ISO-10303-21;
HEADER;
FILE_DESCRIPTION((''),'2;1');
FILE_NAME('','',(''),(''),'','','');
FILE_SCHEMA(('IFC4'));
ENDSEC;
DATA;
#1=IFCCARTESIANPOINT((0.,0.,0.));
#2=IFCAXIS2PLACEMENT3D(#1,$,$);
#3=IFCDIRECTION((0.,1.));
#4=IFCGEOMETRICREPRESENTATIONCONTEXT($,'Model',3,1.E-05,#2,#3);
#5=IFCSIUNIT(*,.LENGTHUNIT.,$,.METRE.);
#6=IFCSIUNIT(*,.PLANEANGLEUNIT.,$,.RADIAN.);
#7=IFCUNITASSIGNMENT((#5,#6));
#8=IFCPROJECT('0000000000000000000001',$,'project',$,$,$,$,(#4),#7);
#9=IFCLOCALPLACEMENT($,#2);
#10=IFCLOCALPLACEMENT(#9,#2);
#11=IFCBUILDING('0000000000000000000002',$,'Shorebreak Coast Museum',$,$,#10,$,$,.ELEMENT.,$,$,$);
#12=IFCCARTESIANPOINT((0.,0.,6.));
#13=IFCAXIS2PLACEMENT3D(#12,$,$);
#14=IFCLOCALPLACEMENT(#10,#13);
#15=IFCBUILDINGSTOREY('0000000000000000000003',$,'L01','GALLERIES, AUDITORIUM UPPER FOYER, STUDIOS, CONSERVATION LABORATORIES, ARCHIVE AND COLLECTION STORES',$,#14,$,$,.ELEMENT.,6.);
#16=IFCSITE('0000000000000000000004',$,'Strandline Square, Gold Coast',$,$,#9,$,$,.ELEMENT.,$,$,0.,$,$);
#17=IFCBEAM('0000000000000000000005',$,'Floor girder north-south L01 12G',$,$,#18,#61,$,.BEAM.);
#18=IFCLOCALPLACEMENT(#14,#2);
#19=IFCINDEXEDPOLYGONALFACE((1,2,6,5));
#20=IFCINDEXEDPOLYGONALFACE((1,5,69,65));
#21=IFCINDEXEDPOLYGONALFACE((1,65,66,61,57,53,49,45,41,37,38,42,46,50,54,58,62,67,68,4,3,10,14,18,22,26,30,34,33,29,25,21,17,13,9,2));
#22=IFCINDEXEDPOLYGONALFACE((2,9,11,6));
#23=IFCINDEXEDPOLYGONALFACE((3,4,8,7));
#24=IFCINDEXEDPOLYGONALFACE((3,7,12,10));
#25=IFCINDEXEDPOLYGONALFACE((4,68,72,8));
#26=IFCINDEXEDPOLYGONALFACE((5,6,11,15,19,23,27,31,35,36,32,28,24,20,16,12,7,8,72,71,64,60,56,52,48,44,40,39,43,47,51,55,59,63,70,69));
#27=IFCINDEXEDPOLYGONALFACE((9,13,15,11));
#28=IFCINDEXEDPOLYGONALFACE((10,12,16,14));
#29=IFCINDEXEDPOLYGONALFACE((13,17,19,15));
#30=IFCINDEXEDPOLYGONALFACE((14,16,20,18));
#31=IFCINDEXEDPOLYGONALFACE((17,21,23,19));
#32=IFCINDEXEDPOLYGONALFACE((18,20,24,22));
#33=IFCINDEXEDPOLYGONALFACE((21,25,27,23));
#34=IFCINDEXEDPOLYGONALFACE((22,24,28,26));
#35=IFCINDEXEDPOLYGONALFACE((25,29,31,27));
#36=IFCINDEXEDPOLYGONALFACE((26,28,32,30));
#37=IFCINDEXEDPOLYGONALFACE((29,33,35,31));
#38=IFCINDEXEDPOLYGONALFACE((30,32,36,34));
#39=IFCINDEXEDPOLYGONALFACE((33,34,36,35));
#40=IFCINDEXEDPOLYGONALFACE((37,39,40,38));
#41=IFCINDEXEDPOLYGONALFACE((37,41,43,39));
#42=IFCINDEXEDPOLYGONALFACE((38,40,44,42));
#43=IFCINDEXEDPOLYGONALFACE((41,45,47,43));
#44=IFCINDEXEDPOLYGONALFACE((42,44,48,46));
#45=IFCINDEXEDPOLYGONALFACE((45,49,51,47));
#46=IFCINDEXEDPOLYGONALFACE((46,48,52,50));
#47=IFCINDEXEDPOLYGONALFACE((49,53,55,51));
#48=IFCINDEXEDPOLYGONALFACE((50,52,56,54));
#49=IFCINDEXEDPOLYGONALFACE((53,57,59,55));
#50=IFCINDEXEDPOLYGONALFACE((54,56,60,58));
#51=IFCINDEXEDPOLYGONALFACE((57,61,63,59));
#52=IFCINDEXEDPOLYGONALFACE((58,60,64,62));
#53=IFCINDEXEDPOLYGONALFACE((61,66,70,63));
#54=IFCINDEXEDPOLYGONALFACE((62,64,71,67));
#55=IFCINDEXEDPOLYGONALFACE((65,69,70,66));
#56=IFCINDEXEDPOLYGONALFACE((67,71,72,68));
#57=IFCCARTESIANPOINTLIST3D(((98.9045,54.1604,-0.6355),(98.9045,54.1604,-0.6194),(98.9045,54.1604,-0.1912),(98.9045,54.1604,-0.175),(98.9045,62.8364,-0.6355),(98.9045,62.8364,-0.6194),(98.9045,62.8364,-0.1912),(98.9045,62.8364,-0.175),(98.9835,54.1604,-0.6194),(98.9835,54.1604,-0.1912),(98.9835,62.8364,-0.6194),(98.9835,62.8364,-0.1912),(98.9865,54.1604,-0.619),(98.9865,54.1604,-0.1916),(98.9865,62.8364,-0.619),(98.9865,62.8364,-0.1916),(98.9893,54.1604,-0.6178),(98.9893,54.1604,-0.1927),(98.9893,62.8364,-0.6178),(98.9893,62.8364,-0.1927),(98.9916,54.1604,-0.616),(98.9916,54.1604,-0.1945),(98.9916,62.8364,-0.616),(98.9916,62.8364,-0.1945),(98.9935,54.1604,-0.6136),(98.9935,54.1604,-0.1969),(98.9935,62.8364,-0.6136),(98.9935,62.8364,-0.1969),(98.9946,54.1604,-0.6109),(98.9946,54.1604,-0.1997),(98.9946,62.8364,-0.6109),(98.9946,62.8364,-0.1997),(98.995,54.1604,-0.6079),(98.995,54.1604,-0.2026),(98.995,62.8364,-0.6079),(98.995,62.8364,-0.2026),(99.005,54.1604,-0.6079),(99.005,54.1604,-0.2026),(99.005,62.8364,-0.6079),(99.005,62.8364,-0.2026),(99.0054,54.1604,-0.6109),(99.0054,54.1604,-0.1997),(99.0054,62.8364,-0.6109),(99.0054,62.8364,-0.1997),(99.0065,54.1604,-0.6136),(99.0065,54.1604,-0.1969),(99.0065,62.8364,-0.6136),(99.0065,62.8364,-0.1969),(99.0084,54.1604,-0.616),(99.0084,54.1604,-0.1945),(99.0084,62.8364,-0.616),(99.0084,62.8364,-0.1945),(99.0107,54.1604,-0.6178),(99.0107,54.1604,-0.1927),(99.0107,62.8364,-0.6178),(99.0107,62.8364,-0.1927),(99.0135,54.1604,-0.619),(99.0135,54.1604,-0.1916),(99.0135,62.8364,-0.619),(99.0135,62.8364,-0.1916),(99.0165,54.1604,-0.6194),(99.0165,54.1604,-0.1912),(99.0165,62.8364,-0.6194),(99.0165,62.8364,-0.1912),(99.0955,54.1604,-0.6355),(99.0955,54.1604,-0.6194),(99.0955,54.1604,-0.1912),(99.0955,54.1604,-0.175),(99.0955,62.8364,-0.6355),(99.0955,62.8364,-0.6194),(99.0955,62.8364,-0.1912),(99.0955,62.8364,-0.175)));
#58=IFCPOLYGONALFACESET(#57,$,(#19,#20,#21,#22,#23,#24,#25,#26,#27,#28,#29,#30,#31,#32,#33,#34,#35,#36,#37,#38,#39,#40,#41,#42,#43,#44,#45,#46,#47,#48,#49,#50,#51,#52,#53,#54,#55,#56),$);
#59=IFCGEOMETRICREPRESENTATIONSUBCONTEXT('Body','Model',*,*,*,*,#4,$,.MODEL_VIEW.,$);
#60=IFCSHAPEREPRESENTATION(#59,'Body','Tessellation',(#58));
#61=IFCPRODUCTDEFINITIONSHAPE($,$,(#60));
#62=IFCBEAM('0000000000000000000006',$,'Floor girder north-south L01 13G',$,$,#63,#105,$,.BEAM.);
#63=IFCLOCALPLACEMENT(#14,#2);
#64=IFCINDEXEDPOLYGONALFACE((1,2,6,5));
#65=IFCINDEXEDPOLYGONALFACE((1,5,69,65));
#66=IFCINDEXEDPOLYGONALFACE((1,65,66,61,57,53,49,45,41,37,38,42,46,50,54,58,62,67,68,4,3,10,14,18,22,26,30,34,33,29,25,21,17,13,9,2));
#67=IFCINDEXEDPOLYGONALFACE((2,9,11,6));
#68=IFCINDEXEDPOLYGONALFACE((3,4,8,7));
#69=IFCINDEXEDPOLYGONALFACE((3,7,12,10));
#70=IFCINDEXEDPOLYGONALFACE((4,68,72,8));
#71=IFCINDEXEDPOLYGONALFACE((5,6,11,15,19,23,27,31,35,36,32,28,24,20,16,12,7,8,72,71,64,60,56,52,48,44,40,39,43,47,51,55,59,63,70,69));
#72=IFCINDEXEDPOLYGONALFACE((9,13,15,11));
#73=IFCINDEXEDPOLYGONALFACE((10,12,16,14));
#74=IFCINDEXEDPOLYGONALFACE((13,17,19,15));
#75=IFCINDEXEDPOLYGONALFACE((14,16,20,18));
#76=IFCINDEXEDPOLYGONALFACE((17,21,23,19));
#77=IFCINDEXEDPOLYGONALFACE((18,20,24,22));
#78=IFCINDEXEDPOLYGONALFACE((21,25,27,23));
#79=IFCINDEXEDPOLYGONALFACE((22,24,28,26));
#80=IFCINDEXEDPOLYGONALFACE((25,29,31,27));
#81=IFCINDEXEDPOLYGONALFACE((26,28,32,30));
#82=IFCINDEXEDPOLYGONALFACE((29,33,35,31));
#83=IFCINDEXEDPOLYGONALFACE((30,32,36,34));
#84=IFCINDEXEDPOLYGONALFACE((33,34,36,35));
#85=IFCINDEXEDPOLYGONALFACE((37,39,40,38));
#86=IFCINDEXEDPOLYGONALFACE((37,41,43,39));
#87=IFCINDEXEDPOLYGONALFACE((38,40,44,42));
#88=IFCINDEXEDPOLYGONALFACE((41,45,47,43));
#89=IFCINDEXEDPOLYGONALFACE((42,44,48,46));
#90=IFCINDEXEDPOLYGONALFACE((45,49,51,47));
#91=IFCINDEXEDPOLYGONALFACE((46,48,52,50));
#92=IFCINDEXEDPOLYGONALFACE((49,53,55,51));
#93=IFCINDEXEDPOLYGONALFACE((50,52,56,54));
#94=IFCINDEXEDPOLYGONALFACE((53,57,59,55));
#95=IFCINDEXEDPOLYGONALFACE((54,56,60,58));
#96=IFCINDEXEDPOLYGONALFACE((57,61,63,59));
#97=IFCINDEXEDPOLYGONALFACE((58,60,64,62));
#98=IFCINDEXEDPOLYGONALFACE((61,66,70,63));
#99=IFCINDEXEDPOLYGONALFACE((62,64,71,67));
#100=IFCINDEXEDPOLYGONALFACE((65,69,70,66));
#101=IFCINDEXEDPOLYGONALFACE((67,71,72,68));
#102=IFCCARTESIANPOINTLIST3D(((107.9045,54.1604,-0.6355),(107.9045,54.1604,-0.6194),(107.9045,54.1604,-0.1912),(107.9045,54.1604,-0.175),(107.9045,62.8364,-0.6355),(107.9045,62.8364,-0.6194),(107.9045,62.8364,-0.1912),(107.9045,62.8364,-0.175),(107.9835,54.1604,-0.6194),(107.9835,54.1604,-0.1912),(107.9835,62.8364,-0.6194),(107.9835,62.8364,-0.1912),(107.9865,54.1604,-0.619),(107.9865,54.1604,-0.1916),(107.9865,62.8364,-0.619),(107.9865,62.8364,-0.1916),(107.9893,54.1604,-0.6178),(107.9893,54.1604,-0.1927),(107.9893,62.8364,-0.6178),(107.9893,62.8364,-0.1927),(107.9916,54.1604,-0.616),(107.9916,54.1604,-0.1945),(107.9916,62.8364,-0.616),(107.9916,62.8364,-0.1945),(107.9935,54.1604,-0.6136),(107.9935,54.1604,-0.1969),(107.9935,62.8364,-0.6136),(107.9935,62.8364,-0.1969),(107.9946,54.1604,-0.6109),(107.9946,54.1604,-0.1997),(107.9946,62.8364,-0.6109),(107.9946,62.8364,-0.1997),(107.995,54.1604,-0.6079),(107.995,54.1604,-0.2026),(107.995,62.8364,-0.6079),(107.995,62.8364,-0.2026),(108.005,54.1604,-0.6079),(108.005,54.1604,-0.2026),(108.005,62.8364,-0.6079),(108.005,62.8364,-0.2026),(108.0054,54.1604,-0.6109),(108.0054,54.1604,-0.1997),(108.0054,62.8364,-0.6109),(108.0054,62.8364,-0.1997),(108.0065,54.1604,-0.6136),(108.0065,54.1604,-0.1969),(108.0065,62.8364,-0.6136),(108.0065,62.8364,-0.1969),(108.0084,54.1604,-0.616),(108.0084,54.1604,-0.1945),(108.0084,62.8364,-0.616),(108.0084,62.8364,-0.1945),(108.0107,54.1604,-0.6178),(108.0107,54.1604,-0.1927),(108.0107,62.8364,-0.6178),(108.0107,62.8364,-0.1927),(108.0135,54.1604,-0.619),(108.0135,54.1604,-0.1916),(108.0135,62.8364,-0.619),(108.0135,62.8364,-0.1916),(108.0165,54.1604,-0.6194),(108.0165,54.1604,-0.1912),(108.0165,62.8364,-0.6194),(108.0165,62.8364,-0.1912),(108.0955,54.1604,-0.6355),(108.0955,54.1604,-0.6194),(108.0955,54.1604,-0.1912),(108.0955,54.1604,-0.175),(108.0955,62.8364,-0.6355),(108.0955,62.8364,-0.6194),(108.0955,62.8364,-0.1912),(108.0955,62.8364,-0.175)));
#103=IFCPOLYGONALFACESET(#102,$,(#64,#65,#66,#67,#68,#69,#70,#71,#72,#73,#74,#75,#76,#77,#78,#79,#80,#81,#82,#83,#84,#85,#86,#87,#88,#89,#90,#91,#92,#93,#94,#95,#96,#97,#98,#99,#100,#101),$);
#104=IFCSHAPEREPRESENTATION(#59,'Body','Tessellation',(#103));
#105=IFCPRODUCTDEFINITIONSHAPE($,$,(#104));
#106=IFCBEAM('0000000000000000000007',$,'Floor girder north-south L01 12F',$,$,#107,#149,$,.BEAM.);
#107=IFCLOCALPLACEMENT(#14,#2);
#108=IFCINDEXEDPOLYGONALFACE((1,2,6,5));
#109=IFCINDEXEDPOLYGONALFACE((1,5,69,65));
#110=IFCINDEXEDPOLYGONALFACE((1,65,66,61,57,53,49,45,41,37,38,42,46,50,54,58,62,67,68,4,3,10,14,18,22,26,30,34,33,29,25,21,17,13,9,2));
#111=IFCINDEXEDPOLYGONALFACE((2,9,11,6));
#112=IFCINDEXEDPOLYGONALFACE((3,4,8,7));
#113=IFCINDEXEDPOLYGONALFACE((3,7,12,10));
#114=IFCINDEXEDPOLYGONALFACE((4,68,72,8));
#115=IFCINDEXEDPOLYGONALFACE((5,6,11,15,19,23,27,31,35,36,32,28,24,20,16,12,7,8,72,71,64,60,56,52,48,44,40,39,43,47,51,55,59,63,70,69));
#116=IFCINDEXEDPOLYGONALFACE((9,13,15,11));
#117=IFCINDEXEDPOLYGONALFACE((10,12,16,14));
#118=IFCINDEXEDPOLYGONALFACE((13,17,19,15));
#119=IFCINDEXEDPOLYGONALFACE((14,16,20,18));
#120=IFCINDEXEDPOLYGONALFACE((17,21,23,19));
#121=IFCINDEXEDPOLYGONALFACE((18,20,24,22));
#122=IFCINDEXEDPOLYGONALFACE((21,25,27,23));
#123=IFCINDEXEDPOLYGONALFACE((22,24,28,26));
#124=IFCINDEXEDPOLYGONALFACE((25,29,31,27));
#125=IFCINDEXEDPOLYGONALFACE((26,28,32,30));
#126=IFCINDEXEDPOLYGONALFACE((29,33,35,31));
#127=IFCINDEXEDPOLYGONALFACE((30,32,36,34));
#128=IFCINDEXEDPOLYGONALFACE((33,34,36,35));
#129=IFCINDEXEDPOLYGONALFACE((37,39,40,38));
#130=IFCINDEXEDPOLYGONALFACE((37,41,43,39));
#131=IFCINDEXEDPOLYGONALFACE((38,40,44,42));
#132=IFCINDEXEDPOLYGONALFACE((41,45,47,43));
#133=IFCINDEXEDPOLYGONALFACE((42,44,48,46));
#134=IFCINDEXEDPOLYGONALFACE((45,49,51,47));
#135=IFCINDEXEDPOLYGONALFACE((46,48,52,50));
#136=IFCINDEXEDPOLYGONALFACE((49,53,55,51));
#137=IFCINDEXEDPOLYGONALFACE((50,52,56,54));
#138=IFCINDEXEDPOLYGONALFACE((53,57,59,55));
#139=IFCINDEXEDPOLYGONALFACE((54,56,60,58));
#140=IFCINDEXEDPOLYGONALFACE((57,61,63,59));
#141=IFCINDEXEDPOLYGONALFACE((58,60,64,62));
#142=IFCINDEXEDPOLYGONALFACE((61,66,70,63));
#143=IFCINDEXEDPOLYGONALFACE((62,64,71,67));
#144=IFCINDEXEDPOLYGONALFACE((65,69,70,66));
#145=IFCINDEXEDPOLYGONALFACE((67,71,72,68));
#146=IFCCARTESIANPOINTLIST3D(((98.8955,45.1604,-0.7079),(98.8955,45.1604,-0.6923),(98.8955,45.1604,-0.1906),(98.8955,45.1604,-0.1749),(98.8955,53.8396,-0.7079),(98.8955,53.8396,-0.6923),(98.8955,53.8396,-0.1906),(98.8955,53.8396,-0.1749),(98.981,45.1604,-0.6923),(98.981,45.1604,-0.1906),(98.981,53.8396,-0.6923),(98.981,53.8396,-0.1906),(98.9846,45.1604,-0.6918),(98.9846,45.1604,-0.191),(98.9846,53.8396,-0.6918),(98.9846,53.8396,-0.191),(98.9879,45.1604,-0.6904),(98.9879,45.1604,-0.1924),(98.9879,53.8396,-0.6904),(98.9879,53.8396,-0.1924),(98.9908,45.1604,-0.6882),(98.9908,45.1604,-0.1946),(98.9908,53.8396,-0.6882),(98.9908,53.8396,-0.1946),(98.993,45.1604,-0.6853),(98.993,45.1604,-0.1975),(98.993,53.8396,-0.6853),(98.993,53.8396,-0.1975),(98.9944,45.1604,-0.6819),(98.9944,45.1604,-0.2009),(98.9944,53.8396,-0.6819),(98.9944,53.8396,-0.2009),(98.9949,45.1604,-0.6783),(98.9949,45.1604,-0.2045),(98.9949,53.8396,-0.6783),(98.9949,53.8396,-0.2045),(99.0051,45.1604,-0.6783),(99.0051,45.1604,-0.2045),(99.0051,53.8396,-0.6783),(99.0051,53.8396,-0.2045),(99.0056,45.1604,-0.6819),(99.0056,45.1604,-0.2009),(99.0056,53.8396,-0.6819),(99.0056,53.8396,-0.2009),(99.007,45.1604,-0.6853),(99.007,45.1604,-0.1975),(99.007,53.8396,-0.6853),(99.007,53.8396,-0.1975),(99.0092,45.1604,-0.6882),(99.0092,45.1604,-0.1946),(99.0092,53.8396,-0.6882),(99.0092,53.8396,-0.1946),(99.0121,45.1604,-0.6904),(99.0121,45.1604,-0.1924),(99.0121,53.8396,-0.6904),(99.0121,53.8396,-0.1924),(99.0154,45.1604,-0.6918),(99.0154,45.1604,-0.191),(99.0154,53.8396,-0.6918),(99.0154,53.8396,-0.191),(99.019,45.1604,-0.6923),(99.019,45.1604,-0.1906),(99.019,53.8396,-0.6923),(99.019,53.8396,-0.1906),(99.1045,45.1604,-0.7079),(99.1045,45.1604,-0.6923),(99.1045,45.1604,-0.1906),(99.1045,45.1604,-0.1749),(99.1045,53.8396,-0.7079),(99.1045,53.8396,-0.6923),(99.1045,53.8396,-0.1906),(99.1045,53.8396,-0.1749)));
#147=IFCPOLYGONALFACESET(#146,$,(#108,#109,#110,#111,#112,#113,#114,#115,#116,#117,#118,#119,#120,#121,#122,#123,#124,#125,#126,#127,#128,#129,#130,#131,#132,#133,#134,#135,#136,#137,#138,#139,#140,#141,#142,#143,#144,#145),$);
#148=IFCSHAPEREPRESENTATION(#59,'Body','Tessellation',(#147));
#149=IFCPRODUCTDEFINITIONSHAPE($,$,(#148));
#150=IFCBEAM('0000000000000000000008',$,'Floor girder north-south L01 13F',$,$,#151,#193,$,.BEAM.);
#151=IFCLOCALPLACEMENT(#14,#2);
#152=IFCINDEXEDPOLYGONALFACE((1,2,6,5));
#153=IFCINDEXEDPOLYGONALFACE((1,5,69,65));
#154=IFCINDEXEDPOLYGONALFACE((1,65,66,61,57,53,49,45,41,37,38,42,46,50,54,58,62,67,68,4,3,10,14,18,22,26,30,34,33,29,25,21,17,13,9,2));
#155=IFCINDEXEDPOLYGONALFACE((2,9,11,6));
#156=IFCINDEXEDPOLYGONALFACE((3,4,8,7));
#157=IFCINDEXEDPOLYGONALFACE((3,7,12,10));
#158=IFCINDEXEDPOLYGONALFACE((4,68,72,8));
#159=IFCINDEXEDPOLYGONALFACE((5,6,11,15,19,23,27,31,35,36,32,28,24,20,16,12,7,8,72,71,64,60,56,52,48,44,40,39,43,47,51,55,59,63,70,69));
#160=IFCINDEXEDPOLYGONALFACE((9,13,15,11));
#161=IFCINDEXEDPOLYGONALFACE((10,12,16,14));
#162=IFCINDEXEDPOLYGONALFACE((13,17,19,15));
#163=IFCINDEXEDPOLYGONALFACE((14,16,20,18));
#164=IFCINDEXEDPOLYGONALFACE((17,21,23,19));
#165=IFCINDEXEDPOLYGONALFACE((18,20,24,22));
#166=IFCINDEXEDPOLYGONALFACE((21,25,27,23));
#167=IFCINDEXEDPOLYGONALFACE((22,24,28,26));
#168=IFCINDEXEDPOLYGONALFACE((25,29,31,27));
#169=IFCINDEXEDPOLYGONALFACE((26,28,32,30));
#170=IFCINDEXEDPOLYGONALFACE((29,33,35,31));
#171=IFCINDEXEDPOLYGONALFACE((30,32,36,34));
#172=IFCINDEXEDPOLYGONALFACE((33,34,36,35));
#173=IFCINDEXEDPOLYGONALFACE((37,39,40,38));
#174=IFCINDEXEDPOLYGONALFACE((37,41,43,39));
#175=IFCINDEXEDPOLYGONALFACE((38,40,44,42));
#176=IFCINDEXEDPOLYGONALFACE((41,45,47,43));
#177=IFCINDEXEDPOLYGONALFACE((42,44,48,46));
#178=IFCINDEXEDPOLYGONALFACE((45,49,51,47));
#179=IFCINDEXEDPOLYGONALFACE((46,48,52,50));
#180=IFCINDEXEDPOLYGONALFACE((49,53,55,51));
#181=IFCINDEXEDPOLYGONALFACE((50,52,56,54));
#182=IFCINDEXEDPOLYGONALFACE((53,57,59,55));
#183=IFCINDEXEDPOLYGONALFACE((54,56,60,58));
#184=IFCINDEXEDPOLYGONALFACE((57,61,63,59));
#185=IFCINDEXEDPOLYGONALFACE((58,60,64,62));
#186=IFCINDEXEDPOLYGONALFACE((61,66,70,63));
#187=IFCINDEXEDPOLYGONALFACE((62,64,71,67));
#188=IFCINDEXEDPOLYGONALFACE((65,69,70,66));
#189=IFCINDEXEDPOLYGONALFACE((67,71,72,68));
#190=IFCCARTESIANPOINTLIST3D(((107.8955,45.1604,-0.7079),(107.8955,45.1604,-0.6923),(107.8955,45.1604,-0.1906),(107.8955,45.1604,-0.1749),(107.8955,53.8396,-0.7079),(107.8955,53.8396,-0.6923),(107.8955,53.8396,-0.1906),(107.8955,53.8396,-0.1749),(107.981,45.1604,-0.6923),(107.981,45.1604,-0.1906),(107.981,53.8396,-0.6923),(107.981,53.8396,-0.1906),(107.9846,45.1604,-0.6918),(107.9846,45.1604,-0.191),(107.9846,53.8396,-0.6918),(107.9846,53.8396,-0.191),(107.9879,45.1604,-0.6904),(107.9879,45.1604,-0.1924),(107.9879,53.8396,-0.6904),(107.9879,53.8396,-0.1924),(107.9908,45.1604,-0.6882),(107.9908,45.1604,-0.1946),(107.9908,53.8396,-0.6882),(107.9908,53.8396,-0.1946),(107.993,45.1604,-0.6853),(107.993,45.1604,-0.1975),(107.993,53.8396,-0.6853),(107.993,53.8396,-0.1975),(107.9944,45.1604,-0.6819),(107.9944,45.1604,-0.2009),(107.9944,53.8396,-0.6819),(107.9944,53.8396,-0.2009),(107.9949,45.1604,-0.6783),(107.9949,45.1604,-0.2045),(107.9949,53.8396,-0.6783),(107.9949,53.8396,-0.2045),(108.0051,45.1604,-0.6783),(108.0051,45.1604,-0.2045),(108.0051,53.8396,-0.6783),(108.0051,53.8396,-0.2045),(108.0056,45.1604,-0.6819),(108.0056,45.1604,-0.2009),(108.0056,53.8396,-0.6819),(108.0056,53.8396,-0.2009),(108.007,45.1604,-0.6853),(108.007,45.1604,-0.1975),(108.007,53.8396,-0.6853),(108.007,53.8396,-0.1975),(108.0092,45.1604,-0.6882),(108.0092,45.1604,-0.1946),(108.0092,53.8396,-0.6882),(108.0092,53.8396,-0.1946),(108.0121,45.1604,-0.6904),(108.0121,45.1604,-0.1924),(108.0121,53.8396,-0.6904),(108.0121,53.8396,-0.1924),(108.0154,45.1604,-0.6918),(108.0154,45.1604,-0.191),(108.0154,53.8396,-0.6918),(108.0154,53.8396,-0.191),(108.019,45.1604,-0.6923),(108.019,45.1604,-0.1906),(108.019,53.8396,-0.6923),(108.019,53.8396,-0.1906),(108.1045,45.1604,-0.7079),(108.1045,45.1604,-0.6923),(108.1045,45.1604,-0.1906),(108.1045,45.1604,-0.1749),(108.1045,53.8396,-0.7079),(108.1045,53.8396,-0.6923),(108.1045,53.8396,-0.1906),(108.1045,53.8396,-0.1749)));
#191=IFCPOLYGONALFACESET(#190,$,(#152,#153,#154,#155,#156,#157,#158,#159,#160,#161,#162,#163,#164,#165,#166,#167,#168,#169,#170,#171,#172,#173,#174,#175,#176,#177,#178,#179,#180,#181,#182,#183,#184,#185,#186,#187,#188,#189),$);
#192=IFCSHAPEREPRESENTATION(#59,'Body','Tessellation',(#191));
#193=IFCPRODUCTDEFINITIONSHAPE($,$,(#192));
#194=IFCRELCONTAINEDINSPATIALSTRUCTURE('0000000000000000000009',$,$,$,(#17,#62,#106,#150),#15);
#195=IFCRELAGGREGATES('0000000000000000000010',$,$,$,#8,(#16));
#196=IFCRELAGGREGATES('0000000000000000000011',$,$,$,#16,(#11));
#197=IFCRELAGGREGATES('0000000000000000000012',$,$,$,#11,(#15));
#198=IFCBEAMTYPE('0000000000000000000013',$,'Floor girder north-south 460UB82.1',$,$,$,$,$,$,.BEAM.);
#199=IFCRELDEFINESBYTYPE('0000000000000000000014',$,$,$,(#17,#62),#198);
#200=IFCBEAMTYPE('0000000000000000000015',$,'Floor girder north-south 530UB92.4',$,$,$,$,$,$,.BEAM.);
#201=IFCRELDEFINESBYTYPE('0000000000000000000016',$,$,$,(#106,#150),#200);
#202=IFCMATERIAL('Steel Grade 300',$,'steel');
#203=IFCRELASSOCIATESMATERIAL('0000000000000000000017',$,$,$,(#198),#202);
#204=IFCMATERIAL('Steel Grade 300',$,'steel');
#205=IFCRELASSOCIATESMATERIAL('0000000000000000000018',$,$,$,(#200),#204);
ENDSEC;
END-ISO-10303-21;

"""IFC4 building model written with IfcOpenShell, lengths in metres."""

from ifc_helpers import new_model, si_unit, direction, frame, origin, origin_2d, place, context, subcontext, project, spatial, i_section, extrude, material, material_profile, profile_set, type_object, element, save


model = new_model("IFC4")

# Units and contexts
model_context = context("Model", 3, precision=1e-05, world=origin(), true_north=direction((0.0, 1.0)))
body_context = subcontext(model_context, "Body", "Model", "MODEL_VIEW")
ifc_project = project(units=[si_unit("LENGTHUNIT", "METRE"), si_unit("PLANEANGLEUNIT", "RADIAN")], contexts=[model_context])

# Site, building, storey
site_placement = place(None, origin())
site = spatial("IfcSite", under=ifc_project, at=site_placement, Name="Strandline Square, Gold Coast", CompositionType="ELEMENT", RefElevation=0.0)
building_placement = place(site_placement, origin())
building = spatial("IfcBuilding", under=site, at=building_placement, Name="Shorebreak Coast Museum", CompositionType="ELEMENT")
storey_placement = place(building_placement, frame((0.0, 0.0, 6.0)))
storey = spatial("IfcBuildingStorey", under=building, at=storey_placement, Name="L01", Description="GALLERIES, AUDITORIUM UPPER FOYER, STUDIOS, CONSERVATION LABORATORIES, ARCHIVE AND COLLECTION STORES", CompositionType="ELEMENT", Elevation=6.0)

# Beams
ifc_material_1 = material(Name="Steel Grade 300", Category="steel")
ifc_material_profile_1 = material_profile(ifc_material_1, i_section(OverallWidth=0.1909, OverallDepth=0.4604, WebThickness=0.01, FlangeThickness=0.0161, FilletRadius=0.0115, at=origin_2d()), Name="460UB82.1")
ifc_profile_set_1 = profile_set([ifc_material_profile_1], Name="Steel Grade 300")
beam_type_1 = type_object("IfcBeamType", Name="Floor girder north-south 460UB82.1", PredefinedType="BEAM", material=ifc_profile_set_1)
for number, where, z_axis, x_axis, name in (
    (1, (99.0, 54.1604, -0.4053), (0.0, 1.0, 0.0), (-1.0, 0.0, 0.0), "Floor girder north-south L01 12G"),
    (2, (108.0, 54.1604, -0.4053), (0.0, 1.0, 0.0), (-1.0, 0.0, 0.0), "Floor girder north-south L01 13G"),
):
    element("IfcBeam", number, at=place(storey_placement, frame(where, z_axis=z_axis, x_axis=x_axis)), inside=storey, type_object=beam_type_1, Name=name, PredefinedType="BEAM", context=body_context, shape_type="SweptSolid", body=[
        extrude(i_section(OverallWidth=0.1909, OverallDepth=0.4604, WebThickness=0.01, FlangeThickness=0.0161, FilletRadius=0.0115, at=origin_2d()), origin(), (0.0, 0.0, 1.0), 8.676),
    ])
ifc_material_2 = material(Name="Steel Grade 300", Category="steel")
ifc_material_profile_2 = material_profile(ifc_material_2, i_section(OverallWidth=0.209, OverallDepth=0.533, WebThickness=0.0103, FlangeThickness=0.0156, FilletRadius=0.0139, at=origin_2d()), Name="530UB92.4")
ifc_profile_set_2 = profile_set([ifc_material_profile_2], Name="Steel Grade 300")
beam_type_2 = type_object("IfcBeamType", Name="Floor girder north-south 530UB92.4", PredefinedType="BEAM", material=ifc_profile_set_2)
for number, where, z_axis, x_axis, name in (
    (3, (99.0, 45.1604, -0.4414), (0.0, 1.0, 0.0), (-1.0, 0.0, 0.0), "Floor girder north-south L01 12F"),
    (4, (108.0, 45.1604, -0.4414), (0.0, 1.0, 0.0), (-1.0, 0.0, 0.0), "Floor girder north-south L01 13F"),
):
    element("IfcBeam", number, at=place(storey_placement, frame(where, z_axis=z_axis, x_axis=x_axis)), inside=storey, type_object=beam_type_2, Name=name, PredefinedType="BEAM", context=body_context, shape_type="SweptSolid", body=[
        extrude(i_section(OverallWidth=0.209, OverallDepth=0.533, WebThickness=0.0103, FlangeThickness=0.0156, FilletRadius=0.0139, at=origin_2d()), origin(), (0.0, 0.0, 1.0), 8.6792),
    ])

save(model, "model.ifc")
